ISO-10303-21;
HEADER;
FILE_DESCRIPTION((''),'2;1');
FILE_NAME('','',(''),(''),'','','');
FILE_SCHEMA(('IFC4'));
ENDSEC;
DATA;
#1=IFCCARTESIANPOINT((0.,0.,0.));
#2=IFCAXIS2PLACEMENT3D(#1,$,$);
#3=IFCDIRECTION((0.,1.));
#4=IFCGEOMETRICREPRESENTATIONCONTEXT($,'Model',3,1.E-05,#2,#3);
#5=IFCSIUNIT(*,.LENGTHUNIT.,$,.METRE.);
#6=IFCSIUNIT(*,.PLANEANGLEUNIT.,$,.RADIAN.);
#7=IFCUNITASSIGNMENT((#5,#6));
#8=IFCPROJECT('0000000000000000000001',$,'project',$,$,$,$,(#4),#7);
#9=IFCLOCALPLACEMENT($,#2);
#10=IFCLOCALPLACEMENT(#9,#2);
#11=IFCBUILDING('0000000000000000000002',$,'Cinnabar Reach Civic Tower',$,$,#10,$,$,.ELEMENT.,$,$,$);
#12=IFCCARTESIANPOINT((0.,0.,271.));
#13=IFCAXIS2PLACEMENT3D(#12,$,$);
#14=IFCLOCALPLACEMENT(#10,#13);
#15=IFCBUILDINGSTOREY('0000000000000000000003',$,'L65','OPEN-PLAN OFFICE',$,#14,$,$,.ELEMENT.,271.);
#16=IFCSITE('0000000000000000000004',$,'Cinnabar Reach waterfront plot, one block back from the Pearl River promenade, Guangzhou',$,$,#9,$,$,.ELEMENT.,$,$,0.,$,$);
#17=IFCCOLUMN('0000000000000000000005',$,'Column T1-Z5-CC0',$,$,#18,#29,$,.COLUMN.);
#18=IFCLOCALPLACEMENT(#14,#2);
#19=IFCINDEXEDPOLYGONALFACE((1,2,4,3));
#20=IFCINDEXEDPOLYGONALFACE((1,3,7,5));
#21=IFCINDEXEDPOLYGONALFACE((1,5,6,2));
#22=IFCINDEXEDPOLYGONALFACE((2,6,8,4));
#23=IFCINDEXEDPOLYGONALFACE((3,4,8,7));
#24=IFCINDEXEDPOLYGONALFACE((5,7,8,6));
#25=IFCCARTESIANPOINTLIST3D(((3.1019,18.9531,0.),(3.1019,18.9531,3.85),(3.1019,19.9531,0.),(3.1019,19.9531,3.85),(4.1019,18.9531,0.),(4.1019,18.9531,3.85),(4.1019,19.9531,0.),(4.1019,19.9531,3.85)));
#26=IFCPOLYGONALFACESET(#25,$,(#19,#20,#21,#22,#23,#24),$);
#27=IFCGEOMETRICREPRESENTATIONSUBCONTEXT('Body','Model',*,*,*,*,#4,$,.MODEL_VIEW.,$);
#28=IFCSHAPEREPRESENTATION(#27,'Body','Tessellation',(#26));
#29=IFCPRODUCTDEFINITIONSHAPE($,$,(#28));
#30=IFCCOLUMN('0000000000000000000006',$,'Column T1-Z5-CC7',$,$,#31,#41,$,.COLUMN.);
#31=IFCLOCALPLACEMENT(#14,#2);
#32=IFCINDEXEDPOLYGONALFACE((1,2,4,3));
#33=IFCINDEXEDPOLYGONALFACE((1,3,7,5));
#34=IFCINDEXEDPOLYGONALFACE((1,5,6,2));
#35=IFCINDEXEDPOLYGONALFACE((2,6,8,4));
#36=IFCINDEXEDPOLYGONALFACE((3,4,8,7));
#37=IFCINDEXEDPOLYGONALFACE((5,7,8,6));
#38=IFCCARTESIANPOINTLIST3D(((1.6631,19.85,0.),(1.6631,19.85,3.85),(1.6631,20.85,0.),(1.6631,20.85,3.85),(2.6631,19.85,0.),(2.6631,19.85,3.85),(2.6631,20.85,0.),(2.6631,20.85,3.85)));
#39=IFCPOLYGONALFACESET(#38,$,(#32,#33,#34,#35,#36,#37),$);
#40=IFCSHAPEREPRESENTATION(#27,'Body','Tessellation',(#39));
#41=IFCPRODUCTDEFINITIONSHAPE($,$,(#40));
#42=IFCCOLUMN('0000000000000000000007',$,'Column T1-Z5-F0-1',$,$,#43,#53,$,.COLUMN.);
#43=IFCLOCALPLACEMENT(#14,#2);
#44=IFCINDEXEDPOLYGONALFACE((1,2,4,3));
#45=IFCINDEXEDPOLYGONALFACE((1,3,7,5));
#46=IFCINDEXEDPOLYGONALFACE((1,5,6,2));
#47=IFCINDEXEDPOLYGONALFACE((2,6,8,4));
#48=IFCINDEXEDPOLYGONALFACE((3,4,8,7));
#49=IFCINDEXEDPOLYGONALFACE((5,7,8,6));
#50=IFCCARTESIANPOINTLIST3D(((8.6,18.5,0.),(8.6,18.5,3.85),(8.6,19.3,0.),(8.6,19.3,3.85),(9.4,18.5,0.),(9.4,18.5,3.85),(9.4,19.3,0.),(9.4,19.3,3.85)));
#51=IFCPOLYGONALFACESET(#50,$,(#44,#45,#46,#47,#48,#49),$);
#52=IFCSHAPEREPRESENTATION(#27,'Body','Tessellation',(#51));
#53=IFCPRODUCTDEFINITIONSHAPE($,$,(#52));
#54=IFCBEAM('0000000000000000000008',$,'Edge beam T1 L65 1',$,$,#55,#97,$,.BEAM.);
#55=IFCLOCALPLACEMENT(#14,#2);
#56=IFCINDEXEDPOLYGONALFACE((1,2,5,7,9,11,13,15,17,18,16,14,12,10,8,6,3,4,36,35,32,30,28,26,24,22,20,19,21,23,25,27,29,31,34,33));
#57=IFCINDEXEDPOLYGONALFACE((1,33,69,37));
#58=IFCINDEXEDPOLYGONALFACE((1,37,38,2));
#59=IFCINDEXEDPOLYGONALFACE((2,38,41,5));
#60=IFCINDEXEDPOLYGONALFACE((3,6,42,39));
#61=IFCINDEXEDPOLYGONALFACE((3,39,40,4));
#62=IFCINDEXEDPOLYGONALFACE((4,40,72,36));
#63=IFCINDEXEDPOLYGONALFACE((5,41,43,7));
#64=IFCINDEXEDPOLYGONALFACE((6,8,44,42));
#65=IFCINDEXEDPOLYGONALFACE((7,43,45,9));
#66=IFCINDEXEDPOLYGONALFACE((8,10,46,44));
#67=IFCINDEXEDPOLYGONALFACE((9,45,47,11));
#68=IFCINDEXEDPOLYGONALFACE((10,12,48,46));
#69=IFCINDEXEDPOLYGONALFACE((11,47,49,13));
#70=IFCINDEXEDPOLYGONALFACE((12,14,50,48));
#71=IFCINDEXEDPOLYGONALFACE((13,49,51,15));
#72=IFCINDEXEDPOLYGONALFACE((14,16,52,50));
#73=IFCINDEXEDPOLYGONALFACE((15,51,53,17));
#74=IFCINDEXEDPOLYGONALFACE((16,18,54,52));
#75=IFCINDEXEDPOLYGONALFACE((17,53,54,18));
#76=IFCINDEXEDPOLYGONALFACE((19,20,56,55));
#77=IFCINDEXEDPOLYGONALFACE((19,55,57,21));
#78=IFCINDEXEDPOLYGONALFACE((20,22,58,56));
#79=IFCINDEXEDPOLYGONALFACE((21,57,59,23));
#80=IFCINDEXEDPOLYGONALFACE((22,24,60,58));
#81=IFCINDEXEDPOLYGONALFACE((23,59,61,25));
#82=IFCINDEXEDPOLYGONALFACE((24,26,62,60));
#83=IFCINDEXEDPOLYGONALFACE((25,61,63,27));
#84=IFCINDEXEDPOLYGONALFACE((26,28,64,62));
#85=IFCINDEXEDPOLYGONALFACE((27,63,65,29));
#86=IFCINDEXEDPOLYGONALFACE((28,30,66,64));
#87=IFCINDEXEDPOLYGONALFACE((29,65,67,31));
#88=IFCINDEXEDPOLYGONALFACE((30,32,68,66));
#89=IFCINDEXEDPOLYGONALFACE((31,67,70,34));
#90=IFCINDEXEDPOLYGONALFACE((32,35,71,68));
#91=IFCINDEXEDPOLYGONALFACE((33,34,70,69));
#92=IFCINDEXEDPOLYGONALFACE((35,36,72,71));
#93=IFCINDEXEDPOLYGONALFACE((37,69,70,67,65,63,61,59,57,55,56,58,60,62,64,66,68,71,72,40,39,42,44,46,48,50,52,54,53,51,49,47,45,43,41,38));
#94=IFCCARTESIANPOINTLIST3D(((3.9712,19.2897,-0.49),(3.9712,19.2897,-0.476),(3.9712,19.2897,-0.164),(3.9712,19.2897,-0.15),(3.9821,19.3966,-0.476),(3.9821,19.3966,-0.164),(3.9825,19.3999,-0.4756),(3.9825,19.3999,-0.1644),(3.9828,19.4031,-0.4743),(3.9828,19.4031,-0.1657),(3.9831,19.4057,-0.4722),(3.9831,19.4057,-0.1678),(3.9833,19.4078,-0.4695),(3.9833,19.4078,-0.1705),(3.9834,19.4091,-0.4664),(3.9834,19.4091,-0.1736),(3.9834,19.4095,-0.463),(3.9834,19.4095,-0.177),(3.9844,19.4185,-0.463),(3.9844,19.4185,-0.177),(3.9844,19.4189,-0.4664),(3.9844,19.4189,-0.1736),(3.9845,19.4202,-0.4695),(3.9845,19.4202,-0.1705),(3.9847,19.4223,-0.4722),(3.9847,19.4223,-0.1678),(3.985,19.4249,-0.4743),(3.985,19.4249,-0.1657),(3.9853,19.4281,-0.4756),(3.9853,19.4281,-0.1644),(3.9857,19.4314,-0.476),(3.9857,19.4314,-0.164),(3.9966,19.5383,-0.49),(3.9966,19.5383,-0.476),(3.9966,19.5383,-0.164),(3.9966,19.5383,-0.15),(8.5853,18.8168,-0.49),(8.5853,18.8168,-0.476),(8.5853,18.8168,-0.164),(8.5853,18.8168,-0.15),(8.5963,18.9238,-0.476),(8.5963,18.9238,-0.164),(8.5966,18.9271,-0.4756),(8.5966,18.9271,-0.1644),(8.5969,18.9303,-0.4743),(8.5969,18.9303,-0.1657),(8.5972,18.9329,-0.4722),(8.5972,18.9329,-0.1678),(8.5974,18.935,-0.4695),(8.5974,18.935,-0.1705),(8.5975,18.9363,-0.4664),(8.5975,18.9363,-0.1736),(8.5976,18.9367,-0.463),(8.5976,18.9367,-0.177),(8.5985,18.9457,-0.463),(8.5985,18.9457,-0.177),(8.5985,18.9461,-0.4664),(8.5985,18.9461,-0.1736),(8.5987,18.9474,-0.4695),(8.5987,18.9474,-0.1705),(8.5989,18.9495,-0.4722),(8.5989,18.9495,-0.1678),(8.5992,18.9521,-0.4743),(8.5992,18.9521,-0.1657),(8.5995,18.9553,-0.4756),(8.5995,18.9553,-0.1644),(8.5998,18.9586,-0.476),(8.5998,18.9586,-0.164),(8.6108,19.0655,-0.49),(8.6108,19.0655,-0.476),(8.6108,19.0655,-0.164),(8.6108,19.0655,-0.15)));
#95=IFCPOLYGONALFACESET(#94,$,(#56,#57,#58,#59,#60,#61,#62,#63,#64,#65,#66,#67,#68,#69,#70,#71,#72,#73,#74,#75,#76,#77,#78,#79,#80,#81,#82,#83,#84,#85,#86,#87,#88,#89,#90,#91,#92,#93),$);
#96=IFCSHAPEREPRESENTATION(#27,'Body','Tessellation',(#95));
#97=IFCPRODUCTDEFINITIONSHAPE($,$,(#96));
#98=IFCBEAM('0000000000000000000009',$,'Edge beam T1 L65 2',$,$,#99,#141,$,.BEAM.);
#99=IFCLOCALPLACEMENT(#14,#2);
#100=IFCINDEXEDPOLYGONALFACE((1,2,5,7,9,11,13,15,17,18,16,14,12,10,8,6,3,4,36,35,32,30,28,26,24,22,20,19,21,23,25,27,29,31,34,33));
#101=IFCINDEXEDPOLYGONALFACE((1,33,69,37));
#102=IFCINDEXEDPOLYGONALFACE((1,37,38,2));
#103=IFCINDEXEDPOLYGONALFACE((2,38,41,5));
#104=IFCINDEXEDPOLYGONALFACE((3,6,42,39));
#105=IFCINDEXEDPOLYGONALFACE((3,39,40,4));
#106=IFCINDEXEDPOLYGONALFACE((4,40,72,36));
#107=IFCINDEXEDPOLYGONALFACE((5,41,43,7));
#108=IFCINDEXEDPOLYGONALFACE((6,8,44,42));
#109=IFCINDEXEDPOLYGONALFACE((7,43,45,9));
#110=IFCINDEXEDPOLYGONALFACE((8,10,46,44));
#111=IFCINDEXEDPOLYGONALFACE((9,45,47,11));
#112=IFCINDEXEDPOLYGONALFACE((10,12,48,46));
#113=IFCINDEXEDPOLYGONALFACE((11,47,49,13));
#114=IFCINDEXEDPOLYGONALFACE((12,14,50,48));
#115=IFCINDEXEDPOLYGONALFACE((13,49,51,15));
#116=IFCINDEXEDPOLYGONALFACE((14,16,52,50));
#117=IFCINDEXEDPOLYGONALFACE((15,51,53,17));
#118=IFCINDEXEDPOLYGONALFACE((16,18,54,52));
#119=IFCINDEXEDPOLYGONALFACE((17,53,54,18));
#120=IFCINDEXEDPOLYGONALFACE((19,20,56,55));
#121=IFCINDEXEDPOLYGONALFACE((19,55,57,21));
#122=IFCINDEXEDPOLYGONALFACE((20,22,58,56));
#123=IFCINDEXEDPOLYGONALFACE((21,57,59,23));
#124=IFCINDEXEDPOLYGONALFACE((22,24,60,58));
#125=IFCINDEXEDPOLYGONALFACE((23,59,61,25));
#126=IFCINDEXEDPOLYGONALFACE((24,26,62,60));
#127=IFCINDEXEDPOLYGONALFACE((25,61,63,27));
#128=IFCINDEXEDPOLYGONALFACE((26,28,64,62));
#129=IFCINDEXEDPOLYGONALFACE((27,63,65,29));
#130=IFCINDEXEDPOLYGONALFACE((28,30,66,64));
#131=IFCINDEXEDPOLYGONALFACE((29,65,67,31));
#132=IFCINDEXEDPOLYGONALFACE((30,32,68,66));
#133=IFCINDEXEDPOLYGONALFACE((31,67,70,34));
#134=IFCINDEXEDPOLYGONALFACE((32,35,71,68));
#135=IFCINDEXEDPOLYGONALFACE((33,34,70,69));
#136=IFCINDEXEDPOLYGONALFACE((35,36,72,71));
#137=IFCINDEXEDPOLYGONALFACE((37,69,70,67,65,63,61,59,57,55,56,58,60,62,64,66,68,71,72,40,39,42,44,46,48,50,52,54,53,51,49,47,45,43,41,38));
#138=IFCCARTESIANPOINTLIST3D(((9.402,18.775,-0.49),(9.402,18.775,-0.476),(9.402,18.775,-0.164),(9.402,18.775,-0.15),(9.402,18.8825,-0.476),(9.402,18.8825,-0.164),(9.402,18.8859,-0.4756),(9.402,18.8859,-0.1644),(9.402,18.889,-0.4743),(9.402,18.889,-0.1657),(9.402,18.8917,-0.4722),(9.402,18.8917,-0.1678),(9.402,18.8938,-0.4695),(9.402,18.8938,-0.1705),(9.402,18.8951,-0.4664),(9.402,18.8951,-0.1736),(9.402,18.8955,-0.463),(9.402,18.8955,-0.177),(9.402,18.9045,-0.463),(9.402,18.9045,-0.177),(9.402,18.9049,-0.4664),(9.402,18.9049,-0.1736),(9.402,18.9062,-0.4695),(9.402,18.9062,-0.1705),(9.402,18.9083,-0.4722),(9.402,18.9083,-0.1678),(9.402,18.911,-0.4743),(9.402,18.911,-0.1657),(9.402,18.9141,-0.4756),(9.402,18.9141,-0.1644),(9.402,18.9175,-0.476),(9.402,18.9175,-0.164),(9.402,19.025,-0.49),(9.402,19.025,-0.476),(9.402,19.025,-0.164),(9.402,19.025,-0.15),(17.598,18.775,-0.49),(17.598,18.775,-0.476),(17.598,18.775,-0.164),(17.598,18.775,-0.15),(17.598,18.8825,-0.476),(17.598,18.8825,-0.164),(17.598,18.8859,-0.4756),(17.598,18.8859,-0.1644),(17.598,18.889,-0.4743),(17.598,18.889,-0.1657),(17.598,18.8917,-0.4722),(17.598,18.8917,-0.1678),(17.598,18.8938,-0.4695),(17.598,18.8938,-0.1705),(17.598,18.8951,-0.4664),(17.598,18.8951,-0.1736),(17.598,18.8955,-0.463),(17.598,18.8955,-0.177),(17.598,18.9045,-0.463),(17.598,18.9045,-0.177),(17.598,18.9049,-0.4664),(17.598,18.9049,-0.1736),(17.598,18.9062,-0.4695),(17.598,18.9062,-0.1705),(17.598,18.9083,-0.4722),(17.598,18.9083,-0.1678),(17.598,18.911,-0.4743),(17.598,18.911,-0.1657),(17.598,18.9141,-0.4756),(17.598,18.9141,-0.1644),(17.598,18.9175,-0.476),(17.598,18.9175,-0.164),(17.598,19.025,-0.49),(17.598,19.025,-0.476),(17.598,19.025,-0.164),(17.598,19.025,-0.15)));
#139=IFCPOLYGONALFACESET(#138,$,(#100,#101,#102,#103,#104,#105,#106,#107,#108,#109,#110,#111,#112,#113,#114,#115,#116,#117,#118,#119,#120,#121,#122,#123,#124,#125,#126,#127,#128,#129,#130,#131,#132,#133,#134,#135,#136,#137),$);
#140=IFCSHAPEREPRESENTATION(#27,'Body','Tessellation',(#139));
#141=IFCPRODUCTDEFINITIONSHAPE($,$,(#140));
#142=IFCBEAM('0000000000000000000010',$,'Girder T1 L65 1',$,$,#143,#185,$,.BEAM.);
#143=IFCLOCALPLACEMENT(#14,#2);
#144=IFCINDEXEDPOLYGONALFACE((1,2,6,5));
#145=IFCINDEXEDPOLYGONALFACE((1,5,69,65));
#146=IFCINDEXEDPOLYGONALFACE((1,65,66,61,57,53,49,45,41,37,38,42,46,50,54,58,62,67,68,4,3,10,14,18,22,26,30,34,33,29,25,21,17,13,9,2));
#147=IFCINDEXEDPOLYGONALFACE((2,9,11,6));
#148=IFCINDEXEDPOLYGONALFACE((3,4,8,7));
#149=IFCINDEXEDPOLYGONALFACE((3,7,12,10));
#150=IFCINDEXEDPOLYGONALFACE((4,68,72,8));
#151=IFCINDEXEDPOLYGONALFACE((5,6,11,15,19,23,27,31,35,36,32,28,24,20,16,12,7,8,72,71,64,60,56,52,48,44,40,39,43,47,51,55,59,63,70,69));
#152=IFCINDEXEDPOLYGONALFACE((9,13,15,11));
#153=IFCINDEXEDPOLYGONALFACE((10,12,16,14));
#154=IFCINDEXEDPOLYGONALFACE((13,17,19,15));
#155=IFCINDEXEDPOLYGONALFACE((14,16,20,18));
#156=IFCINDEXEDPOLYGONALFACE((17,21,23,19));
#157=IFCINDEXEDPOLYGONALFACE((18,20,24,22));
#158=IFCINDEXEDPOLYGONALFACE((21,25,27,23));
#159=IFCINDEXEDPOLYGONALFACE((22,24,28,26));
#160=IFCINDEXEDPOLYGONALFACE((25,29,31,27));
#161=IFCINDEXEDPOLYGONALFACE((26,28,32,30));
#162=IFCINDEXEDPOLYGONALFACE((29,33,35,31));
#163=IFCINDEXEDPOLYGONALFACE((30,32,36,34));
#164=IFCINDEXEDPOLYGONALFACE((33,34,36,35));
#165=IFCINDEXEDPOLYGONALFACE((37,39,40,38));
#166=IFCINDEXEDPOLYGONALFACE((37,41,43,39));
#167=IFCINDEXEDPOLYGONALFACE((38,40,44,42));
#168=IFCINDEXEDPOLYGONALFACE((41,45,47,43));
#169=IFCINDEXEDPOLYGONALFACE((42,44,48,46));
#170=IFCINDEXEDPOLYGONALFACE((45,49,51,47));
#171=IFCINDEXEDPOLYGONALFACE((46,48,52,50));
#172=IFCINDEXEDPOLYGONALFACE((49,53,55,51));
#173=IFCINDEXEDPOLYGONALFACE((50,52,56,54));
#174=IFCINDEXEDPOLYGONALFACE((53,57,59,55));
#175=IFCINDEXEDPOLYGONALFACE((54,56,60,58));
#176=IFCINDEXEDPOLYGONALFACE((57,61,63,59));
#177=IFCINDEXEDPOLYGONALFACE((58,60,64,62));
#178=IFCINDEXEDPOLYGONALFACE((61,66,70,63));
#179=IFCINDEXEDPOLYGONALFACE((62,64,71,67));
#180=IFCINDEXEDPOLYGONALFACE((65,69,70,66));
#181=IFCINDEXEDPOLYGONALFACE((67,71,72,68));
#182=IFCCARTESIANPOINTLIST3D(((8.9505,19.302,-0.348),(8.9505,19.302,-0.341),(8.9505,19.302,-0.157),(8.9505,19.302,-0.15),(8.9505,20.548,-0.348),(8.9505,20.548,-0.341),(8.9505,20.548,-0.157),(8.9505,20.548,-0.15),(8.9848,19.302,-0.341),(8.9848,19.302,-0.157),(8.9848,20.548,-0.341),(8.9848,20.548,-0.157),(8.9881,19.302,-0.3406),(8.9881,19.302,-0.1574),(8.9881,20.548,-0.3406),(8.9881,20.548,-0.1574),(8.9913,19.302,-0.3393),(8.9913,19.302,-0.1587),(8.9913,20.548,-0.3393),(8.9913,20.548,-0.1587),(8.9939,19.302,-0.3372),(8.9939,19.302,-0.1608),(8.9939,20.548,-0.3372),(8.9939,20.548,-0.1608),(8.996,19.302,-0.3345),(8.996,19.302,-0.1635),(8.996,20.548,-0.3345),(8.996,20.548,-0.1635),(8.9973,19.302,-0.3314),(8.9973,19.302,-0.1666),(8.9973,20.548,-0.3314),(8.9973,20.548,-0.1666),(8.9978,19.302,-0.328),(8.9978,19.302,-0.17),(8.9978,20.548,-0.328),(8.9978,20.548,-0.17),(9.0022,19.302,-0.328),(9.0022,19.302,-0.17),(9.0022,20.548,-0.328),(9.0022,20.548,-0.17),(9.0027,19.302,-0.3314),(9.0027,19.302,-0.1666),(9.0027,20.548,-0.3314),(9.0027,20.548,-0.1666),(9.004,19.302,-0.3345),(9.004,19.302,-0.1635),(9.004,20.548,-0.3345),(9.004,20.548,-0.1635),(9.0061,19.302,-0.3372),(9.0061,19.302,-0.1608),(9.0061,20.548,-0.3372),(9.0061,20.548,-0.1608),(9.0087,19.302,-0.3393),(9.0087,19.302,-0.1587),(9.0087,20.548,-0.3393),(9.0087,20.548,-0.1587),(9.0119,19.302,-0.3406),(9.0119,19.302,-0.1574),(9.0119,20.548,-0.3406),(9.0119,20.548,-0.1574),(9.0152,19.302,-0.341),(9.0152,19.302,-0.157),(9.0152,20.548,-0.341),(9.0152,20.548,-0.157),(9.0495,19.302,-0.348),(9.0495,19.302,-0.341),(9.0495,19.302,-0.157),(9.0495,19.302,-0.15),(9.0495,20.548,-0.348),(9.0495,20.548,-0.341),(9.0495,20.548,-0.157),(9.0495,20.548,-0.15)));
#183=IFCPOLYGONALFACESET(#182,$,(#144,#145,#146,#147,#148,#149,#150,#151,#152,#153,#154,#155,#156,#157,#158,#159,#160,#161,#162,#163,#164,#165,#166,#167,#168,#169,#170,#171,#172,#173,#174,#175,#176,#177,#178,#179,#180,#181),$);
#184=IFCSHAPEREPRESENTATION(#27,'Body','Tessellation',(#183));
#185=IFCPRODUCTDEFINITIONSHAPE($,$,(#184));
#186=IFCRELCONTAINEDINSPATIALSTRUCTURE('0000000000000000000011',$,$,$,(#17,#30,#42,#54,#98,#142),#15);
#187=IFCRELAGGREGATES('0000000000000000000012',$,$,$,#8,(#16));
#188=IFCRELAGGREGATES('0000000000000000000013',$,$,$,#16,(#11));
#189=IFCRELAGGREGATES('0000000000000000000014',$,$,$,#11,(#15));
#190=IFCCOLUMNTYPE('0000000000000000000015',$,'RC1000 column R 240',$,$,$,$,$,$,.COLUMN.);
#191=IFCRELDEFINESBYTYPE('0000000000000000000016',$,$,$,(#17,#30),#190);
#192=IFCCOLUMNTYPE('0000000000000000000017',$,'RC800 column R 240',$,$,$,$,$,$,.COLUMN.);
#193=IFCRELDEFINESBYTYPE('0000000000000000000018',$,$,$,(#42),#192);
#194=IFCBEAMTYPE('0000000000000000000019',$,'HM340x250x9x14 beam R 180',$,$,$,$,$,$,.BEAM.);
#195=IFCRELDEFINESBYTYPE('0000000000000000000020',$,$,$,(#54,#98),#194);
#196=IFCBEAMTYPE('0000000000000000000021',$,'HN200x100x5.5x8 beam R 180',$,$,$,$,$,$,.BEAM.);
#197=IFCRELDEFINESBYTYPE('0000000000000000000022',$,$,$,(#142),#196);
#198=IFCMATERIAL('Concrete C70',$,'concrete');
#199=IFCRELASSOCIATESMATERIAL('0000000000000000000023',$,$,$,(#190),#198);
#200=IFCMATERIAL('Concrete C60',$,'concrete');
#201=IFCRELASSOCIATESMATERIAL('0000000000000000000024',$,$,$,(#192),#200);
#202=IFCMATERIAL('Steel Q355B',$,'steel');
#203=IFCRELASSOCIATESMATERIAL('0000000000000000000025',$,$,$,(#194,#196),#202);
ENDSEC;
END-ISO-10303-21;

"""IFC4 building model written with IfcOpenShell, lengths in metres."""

from ifc_helpers import new_model, si_unit, direction, frame, origin, origin_2d, place, context, subcontext, project, spatial, rectangle, i_section, extrude, material, material_profile, profile_set, type_object, element, save


model = new_model("IFC4")

# Units and contexts
model_context = context("Model", 3, precision=1e-05, world=origin(), true_north=direction((0.0, 1.0)))
body_context = subcontext(model_context, "Body", "Model", "MODEL_VIEW")
ifc_project = project(units=[si_unit("LENGTHUNIT", "METRE"), si_unit("PLANEANGLEUNIT", "RADIAN")], contexts=[model_context])

# Site, building, storey
site_placement = place(None, origin())
site = spatial("IfcSite", under=ifc_project, at=site_placement, Name="Cinnabar Reach waterfront plot, one block back from the Pearl River promenade, Guangzhou", CompositionType="ELEMENT", RefElevation=0.0)
building_placement = place(site_placement, origin())
building = spatial("IfcBuilding", under=site, at=building_placement, Name="Cinnabar Reach Civic Tower", CompositionType="ELEMENT")
storey_placement = place(building_placement, frame((0.0, 0.0, 271.0)))
storey = spatial("IfcBuildingStorey", under=building, at=storey_placement, Name="L65", Description="OPEN-PLAN OFFICE", CompositionType="ELEMENT", Elevation=271.0)

# Columns
ifc_material_1 = material(Name="Concrete C70", Category="concrete")
ifc_material_profile_1 = material_profile(ifc_material_1, rectangle(XDim=1.0, YDim=1.0, at=origin_2d()), Name="RC1000")
ifc_profile_set_1 = profile_set([ifc_material_profile_1], Name="Concrete C70")
column_type_1 = type_object("IfcColumnType", Name="RC1000 column R 240", PredefinedType="COLUMN", material=ifc_profile_set_1)
for number, where, z_axis, x_axis, name in (
    (1, (3.6019, 19.4531, 0.0), (0.0, 0.0, 1.0), (1.0, 0.0, 0.0), "Column T1-Z5-CC0"),
    (2, (2.1631, 20.35, 0.0), (0.0, 0.0, 1.0), (1.0, 0.0, 0.0), "Column T1-Z5-CC7"),
):
    element("IfcColumn", number, at=place(storey_placement, frame(where, z_axis=z_axis, x_axis=x_axis)), inside=storey, type_object=column_type_1, Name=name, PredefinedType="COLUMN", context=body_context, shape_type="SweptSolid", body=[
        extrude(rectangle(XDim=1.0, YDim=1.0, at=origin_2d()), origin(), (0.0, 0.0, 1.0), 3.85),
    ])
ifc_material_2 = material(Name="Concrete C60", Category="concrete")
ifc_material_profile_2 = material_profile(ifc_material_2, rectangle(XDim=0.8, YDim=0.8, at=origin_2d()), Name="RC800")
ifc_profile_set_2 = profile_set([ifc_material_profile_2], Name="Concrete C60")
column_type_2 = type_object("IfcColumnType", Name="RC800 column R 240", PredefinedType="COLUMN", material=ifc_profile_set_2)
column_placement = place(storey_placement, frame((9.0, 18.9, 0.0), z_axis=(0.0, 0.0, 1.0), x_axis=(1.0, 0.0, 0.0)))
element("IfcColumn", 3, at=column_placement, inside=storey, type_object=column_type_2, Name="Column T1-Z5-F0-1", PredefinedType="COLUMN", context=body_context, shape_type="SweptSolid", body=[
    extrude(rectangle(XDim=0.8, YDim=0.8, at=origin_2d()), origin(), (0.0, 0.0, 1.0), 3.85),
])

# Beams
ifc_material_3 = material(Name="Steel Q355B", Category="steel")
ifc_material_profile_3 = material_profile(ifc_material_3, i_section(OverallWidth=0.25, OverallDepth=0.34, WebThickness=0.009, FlangeThickness=0.014, FilletRadius=0.013, at=origin_2d()), Name="HM340x250x9x14")
ifc_profile_set_3 = profile_set([ifc_material_profile_3], Name="Steel Q355B")
beam_type_1 = type_object("IfcBeamType", Name="HM340x250x9x14 beam R 180", PredefinedType="BEAM", material=ifc_profile_set_3)
beam_1_placement = place(storey_placement, frame((3.9839, 19.414, -0.32), z_axis=(0.994791, -0.101935, 0.0), x_axis=(0.101935, 0.994791, 0.0)))
element("IfcBeam", 4, at=beam_1_placement, inside=storey, type_object=beam_type_1, Name="Edge beam T1 L65 1", PredefinedType="BEAM", context=body_context, shape_type="SweptSolid", body=[
    extrude(i_section(OverallWidth=0.25, OverallDepth=0.34, WebThickness=0.009, FlangeThickness=0.014, FilletRadius=0.013, at=origin_2d()), origin(), (0.0, 0.0, 1.0), 4.6383),
])
beam_2_placement = place(storey_placement, frame((9.402, 18.9, -0.32), z_axis=(1.0, 0.0, 0.0), x_axis=(0.0, 1.0, 0.0)))
element("IfcBeam", 5, at=beam_2_placement, inside=storey, type_object=beam_type_1, Name="Edge beam T1 L65 2", PredefinedType="BEAM", context=body_context, shape_type="SweptSolid", body=[
    extrude(i_section(OverallWidth=0.25, OverallDepth=0.34, WebThickness=0.009, FlangeThickness=0.014, FilletRadius=0.013, at=origin_2d()), origin(), (0.0, 0.0, 1.0), 8.196),
])
ifc_material_profile_4 = material_profile(ifc_material_3, i_section(OverallWidth=0.099, OverallDepth=0.198, WebThickness=0.0045, FlangeThickness=0.007, FilletRadius=0.013, at=origin_2d()), Name="HN200x100x5.5x8")
ifc_profile_set_4 = profile_set([ifc_material_profile_4], Name="Steel Q355B")
beam_type_2 = type_object("IfcBeamType", Name="HN200x100x5.5x8 beam R 180", PredefinedType="BEAM", material=ifc_profile_set_4)
beam_3_placement = place(storey_placement, frame((9.0, 19.302, -0.249), z_axis=(0.0, 1.0, 0.0), x_axis=(-1.0, 0.0, 0.0)))
element("IfcBeam", 6, at=beam_3_placement, inside=storey, type_object=beam_type_2, Name="Girder T1 L65 1", PredefinedType="BEAM", context=body_context, shape_type="SweptSolid", body=[
    extrude(i_section(OverallWidth=0.099, OverallDepth=0.198, WebThickness=0.0045, FlangeThickness=0.007, FilletRadius=0.013, at=origin_2d()), origin(), (0.0, 0.0, 1.0), 1.246),
])

save(model, "model.ifc")
